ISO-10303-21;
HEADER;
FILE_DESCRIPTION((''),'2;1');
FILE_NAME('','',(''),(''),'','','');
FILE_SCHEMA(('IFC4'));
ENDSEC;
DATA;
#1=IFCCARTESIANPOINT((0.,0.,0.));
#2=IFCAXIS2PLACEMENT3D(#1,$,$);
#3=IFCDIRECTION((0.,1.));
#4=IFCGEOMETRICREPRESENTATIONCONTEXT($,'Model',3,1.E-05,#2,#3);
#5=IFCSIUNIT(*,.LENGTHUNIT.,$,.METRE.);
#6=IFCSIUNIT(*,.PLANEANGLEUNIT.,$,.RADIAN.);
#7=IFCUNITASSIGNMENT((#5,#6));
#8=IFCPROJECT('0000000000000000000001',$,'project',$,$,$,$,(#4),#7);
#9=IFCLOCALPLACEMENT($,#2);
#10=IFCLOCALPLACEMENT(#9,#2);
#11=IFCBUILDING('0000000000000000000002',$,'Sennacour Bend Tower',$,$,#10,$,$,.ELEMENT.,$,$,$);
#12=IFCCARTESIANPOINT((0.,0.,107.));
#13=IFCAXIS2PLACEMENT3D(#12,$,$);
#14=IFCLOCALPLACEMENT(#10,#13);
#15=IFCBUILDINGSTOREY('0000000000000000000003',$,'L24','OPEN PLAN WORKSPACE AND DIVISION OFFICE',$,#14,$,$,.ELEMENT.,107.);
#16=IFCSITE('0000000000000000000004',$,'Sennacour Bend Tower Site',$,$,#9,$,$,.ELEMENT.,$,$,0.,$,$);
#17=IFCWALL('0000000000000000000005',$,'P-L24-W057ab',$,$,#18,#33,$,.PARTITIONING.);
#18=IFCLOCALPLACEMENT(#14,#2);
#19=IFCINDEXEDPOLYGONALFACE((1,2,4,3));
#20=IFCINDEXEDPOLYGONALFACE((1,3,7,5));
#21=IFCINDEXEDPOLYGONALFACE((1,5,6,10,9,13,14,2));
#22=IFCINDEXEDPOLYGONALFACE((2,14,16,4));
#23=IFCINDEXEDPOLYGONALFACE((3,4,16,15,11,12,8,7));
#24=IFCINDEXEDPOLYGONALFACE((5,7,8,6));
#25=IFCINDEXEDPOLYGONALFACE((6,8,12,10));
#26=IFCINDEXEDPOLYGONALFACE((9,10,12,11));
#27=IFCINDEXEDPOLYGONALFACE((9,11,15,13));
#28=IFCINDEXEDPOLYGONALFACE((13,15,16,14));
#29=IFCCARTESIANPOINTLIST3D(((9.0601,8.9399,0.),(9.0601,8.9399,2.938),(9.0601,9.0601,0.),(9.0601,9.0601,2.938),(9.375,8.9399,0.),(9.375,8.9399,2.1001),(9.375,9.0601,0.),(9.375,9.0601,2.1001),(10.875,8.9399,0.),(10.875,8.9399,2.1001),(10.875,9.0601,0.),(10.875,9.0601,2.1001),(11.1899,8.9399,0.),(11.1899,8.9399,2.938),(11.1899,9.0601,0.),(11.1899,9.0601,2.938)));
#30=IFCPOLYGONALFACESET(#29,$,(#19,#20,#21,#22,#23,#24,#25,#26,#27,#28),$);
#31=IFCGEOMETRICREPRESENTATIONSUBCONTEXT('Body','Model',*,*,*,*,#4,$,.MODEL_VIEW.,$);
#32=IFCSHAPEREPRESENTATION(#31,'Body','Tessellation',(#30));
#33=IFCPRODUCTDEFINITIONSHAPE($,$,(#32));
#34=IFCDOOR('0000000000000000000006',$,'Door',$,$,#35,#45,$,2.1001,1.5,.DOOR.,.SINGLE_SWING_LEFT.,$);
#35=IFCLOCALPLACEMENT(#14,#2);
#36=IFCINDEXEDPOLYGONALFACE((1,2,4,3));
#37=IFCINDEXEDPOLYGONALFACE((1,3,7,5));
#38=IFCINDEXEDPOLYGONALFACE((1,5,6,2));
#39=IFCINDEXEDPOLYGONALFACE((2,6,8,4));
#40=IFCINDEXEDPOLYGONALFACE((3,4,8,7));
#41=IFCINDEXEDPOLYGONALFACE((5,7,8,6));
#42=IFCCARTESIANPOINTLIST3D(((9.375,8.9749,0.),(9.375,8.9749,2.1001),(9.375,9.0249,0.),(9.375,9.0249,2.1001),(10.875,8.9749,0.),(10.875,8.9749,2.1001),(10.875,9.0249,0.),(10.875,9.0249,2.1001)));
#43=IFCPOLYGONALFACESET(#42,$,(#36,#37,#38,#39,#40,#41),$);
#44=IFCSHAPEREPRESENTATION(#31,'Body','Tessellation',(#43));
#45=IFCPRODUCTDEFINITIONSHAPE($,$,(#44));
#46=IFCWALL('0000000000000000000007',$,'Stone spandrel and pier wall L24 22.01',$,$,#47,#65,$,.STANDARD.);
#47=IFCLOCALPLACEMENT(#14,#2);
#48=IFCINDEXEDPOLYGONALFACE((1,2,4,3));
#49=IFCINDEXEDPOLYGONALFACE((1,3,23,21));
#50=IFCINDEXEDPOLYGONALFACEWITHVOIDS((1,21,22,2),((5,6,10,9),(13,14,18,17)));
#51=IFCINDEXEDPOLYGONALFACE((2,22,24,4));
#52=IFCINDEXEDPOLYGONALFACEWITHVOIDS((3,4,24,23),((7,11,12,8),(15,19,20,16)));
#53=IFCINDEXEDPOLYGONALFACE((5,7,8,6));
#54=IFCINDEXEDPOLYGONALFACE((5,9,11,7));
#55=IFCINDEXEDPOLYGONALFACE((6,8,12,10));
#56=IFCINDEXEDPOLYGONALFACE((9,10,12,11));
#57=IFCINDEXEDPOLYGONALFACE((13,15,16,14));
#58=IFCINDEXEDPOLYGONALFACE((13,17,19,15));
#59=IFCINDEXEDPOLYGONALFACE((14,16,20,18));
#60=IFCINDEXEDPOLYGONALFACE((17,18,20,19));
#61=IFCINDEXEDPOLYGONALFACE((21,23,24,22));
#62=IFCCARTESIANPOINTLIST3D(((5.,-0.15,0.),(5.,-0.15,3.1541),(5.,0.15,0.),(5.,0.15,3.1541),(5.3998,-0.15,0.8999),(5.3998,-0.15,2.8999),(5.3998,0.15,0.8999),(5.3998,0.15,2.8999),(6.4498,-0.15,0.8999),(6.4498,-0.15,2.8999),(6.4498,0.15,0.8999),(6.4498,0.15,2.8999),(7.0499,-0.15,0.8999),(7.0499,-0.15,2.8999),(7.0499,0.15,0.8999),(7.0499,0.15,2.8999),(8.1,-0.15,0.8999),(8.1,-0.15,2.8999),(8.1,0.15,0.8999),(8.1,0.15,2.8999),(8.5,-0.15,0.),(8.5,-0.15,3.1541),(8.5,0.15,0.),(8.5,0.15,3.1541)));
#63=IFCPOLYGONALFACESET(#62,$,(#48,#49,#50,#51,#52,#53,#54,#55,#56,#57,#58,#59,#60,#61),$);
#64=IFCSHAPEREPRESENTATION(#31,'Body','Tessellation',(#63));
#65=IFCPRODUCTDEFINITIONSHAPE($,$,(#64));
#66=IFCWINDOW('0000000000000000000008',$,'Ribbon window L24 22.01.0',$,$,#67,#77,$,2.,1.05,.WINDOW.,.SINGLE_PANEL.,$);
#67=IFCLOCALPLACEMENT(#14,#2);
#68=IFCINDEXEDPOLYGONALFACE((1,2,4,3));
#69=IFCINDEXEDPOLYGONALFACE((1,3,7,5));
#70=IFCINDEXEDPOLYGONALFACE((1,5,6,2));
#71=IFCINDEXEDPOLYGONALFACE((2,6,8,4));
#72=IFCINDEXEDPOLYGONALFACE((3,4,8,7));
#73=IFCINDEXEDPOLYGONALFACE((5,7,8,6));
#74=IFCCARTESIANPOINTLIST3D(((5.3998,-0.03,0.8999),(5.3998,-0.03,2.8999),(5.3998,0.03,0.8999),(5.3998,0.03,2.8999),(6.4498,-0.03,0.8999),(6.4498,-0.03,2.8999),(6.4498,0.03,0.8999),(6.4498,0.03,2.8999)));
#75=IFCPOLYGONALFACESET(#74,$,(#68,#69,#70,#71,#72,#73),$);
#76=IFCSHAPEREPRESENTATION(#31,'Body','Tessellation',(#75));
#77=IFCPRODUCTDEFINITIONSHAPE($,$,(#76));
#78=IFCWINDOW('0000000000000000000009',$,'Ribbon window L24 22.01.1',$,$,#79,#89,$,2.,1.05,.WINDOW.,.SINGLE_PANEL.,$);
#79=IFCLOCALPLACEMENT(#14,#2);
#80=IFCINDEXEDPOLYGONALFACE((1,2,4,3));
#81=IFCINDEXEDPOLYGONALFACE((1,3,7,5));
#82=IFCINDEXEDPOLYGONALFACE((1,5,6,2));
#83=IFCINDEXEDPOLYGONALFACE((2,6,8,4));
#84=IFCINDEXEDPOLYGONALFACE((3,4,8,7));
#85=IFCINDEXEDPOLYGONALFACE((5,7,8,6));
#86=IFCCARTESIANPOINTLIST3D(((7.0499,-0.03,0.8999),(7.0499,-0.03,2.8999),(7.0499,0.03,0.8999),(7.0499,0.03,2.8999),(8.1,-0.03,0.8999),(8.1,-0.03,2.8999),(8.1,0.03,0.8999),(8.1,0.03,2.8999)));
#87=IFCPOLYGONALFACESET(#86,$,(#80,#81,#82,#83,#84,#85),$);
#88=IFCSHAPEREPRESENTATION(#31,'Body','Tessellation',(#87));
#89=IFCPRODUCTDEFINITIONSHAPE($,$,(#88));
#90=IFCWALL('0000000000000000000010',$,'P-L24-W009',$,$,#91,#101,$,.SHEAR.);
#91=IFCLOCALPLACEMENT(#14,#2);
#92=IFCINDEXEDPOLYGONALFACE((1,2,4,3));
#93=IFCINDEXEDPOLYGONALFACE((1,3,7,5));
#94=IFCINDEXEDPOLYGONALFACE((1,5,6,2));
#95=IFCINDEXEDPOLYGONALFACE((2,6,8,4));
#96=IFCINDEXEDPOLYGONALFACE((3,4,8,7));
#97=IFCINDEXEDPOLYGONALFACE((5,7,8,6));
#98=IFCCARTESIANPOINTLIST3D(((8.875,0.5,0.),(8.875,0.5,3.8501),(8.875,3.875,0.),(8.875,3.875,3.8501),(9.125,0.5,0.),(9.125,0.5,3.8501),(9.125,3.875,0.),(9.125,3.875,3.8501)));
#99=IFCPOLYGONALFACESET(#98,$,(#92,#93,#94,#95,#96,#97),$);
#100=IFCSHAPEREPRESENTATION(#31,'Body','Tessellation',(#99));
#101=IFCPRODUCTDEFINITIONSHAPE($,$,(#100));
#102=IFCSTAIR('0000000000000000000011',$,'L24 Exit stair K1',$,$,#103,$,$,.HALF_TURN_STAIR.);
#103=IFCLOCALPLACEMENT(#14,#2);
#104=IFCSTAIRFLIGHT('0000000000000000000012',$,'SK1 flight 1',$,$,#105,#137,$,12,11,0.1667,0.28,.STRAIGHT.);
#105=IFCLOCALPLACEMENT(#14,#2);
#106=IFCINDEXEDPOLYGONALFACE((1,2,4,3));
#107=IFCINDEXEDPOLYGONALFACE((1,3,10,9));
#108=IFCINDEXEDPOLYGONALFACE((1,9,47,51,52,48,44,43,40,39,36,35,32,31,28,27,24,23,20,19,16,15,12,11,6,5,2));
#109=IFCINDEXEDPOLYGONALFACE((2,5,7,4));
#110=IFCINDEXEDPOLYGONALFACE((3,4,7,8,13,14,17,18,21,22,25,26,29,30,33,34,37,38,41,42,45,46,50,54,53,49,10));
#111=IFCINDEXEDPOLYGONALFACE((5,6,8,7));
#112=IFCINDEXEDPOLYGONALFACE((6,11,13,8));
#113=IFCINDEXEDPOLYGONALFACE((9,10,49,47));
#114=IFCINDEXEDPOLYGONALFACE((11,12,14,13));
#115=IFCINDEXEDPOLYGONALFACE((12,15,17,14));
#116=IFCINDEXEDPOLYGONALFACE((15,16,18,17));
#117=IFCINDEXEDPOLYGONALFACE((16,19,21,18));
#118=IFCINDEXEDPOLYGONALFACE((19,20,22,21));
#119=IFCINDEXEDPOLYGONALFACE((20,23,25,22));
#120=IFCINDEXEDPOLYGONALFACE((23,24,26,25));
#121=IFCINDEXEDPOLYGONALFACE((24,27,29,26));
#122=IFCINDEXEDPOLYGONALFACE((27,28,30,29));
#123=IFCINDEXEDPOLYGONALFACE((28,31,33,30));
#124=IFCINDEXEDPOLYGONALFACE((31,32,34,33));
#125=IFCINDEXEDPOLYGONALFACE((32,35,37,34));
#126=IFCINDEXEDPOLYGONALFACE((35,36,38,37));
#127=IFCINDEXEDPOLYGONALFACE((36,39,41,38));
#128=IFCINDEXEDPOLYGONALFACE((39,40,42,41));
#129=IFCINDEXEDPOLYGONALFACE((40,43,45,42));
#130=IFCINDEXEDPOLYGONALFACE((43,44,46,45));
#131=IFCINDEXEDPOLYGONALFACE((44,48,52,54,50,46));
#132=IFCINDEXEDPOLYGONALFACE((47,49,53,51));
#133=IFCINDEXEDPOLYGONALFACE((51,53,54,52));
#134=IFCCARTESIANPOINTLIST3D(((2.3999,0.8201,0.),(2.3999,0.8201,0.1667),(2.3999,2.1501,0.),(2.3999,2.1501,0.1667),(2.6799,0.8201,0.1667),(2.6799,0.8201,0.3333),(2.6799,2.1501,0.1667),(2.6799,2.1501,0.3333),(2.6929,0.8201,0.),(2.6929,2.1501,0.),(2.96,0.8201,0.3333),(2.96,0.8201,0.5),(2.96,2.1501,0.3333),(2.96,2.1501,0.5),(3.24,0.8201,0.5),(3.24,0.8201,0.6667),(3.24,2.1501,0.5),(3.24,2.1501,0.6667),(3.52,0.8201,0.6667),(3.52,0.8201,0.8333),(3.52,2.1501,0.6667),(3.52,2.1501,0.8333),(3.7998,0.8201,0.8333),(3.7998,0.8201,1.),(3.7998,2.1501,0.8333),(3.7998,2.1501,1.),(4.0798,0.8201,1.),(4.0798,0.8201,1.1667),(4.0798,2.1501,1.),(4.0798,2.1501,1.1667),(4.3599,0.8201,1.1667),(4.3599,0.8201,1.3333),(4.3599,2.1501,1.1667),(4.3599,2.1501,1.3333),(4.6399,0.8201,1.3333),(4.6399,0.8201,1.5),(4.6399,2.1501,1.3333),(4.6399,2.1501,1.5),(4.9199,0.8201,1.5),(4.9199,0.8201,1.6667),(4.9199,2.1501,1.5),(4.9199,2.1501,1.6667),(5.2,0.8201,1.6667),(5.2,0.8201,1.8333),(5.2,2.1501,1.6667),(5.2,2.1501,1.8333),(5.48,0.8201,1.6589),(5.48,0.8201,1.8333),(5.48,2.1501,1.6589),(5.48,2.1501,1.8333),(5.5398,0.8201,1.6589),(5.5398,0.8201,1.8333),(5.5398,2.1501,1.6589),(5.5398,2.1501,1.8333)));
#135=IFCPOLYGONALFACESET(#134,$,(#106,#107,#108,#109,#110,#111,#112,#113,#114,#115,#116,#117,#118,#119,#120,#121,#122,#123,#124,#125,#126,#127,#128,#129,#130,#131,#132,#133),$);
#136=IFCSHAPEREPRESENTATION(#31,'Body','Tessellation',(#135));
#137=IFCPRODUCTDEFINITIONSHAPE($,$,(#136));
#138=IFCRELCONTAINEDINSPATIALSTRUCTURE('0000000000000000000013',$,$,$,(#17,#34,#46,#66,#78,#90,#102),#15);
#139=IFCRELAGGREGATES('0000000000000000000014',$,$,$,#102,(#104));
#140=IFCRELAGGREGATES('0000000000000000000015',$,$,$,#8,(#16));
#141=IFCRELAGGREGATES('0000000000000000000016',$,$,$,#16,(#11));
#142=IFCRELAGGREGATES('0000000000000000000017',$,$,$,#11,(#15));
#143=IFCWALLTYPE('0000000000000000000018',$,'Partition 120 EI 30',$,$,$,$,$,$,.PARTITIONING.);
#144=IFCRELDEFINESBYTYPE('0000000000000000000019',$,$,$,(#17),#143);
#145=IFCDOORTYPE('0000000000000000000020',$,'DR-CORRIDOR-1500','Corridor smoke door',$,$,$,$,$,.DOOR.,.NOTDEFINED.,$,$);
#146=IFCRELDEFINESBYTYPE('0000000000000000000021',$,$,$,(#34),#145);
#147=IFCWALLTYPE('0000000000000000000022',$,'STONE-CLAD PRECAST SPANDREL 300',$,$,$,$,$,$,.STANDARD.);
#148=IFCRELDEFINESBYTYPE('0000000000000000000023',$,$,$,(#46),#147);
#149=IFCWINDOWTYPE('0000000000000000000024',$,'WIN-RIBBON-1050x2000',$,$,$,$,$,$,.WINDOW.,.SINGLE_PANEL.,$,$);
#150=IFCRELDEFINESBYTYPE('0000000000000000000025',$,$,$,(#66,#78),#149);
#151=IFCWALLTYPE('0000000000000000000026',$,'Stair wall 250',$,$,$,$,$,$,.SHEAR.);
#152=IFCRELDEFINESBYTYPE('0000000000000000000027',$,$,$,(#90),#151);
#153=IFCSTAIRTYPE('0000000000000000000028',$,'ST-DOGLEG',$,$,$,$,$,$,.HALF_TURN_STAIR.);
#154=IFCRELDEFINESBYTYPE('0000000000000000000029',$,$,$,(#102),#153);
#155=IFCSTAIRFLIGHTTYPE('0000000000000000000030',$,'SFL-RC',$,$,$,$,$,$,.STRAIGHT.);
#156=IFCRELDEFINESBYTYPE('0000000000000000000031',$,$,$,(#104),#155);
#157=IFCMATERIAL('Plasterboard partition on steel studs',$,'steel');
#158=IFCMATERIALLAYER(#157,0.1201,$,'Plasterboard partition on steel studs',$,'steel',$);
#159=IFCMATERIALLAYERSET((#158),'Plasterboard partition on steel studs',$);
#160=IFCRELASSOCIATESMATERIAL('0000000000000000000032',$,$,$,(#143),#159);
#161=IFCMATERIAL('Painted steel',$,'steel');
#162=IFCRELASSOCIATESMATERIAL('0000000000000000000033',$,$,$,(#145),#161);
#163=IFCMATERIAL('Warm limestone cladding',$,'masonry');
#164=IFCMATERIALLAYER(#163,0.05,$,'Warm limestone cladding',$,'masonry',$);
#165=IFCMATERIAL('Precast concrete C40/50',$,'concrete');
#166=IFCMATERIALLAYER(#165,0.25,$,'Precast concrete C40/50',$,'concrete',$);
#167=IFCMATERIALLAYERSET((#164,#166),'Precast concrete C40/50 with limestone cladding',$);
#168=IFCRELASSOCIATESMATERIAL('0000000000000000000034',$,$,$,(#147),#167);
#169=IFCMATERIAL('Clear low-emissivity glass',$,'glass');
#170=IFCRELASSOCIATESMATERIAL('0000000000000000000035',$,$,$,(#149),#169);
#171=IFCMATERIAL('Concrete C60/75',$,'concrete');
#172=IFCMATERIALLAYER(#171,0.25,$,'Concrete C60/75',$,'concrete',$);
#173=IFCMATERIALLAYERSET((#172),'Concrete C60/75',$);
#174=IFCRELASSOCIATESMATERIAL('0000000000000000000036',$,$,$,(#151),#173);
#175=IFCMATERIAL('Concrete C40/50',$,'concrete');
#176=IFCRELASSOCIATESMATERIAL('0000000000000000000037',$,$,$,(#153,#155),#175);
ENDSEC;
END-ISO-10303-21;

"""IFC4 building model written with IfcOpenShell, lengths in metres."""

from ifc_helpers import new_model, si_unit, direction, frame, frame_2d, origin, place, context, subcontext, project, spatial, polyline, rectangle, outline, extrude, material, layer, layer_set, type_object, element, fill, aggregate, save


model = new_model("IFC4")

# Units and contexts
model_context = context("Model", 3, precision=1e-05, world=origin(), true_north=direction((0.0, 1.0)))
body_context = subcontext(model_context, "Body", "Model", "MODEL_VIEW")
ifc_project = project(units=[si_unit("LENGTHUNIT", "METRE"), si_unit("PLANEANGLEUNIT", "RADIAN")], contexts=[model_context])

# Site, building, storey
site_placement = place(None, origin())
site = spatial("IfcSite", under=ifc_project, at=site_placement, Name="Sennacour Bend Tower Site", CompositionType="ELEMENT", RefElevation=0.0)
building_placement = place(site_placement, origin())
building = spatial("IfcBuilding", under=site, at=building_placement, Name="Sennacour Bend Tower", CompositionType="ELEMENT")
storey_placement = place(building_placement, frame((0.0, 0.0, 107.0)))
storey = spatial("IfcBuildingStorey", under=building, at=storey_placement, Name="L24", Description="OPEN PLAN WORKSPACE AND DIVISION OFFICE", CompositionType="ELEMENT", Elevation=107.0)

# Shared definitions
ifc_material_1 = material(Name="Plasterboard partition on steel studs", Category="steel")

# Wall, opening, door
ifc_layer_1 = layer(ifc_material_1, 0.1201, Name="Plasterboard partition on steel studs", Category="steel")
ifc_layer_set_1 = layer_set([ifc_layer_1], Name="Plasterboard partition on steel studs")
wall_type_1 = type_object("IfcWallType", Name="Partition 120 EI 30", PredefinedType="PARTITIONING", material=ifc_layer_set_1)
wall_1_placement = place(storey_placement, frame((9.0601, 9.0, 0.0), z_axis=(0.0, 0.0, 1.0), x_axis=(1.0, 0.0, 0.0)))
wall_1 = element("IfcWall", 1, at=wall_1_placement, inside=storey, type_object=wall_type_1, Name="P-L24-W057ab", PredefinedType="PARTITIONING", context=body_context, shape_type="SweptSolid", body=[
    extrude(rectangle(XDim=2.1299, YDim=0.1201, at=frame_2d((1.0649, 0.0))), origin(), (0.0, 0.0, 1.0), 2.938),
])
opening_1_placement = place(wall_1_placement, frame((0.3149, 0.0, 0.0)))
opening_1 = element("IfcOpeningElement", 2, at=opening_1_placement, cuts=wall_1, PredefinedType="OPENING", context=body_context, shape_type="SweptSolid", body=[
    extrude(rectangle(XDim=1.5, YDim=2.1001, at=frame_2d((0.75, 1.05))), frame((0.0, 0.0701, 0.0), z_axis=(0.0, -1.0, 0.0), x_axis=(1.0, 0.0, 0.0)), (0.0, 0.0, 1.0), 0.1401),
])
ifc_material_2 = material(Name="Painted steel", Category="steel")
door_type_1 = type_object("IfcDoorType", Name="DR-CORRIDOR-1500", Description="Corridor smoke door", OperationType="NOTDEFINED", PredefinedType="DOOR", material=ifc_material_2)
door_1_placement = place(opening_1_placement, origin())
door_1 = element("IfcDoor", 3, at=door_1_placement, inside=storey, type_object=door_type_1, Name="Door", OperationType="SINGLE_SWING_LEFT", OverallHeight=2.1001, OverallWidth=1.5, PredefinedType="DOOR", context=body_context, shape_type="SweptSolid", body=[
    extrude(rectangle(XDim=1.5, YDim=2.1001, at=frame_2d((0.75, 1.05))), frame((0.0, 0.0249, 0.0), z_axis=(0.0, -1.0, 0.0), x_axis=(1.0, 0.0, 0.0)), (0.0, 0.0, 1.0), 0.05),
])
fill(opening_1, door_1)

# Wall, openings, windows
ifc_material_3 = material(Name="Warm limestone cladding", Category="masonry")
ifc_layer_2 = layer(ifc_material_3, 0.05, Name="Warm limestone cladding", Category="masonry")
ifc_material_4 = material(Name="Precast concrete C40/50", Category="concrete")
ifc_layer_3 = layer(ifc_material_4, 0.25, Name="Precast concrete C40/50", Category="concrete")
ifc_layer_set_2 = layer_set([ifc_layer_2, ifc_layer_3], Name="Precast concrete C40/50 with limestone cladding")
wall_type_2 = type_object("IfcWallType", Name="STONE-CLAD PRECAST SPANDREL 300", PredefinedType="STANDARD", material=ifc_layer_set_2)
wall_2_placement = place(storey_placement, frame((5.0, 0.0, 0.0), z_axis=(0.0, 0.0, 1.0), x_axis=(1.0, 0.0, 0.0)))
wall_2 = element("IfcWall", 4, at=wall_2_placement, inside=storey, type_object=wall_type_2, Name="Stone spandrel and pier wall L24 22.01", PredefinedType="STANDARD", context=body_context, shape_type="SweptSolid", body=[
    extrude(rectangle(XDim=3.5, YDim=0.3, at=frame_2d((1.75, 0.0))), origin(), (0.0, 0.0, 1.0), 3.1541),
])
opening_2_placement = place(wall_2_placement, frame((0.3999, 0.0, 0.8999)))
opening_2 = element("IfcOpeningElement", 5, at=opening_2_placement, cuts=wall_2, PredefinedType="OPENING", context=body_context, shape_type="SweptSolid", body=[
    extrude(rectangle(XDim=1.05, YDim=2.0, at=frame_2d((0.5249, 1.0))), frame((0.0, 0.1602, 0.0), z_axis=(0.0, -1.0, 0.0), x_axis=(1.0, 0.0, 0.0)), (0.0, 0.0, 1.0), 0.3201),
])
opening_3_placement = place(wall_2_placement, frame((2.05, 0.0, 0.8999)))
opening_3 = element("IfcOpeningElement", 6, at=opening_3_placement, cuts=wall_2, PredefinedType="OPENING", context=body_context, shape_type="SweptSolid", body=[
    extrude(rectangle(XDim=1.05, YDim=2.0, at=frame_2d((0.5249, 1.0))), frame((0.0, 0.1602, 0.0), z_axis=(0.0, -1.0, 0.0), x_axis=(1.0, 0.0, 0.0)), (0.0, 0.0, 1.0), 0.3201),
])
ifc_material_5 = material(Name="Clear low-emissivity glass", Category="glass")
window_type = type_object("IfcWindowType", Name="WIN-RIBBON-1050x2000", PartitioningType="SINGLE_PANEL", PredefinedType="WINDOW", material=ifc_material_5)
window_1_placement = place(opening_2_placement, origin())
window_1 = element("IfcWindow", 7, at=window_1_placement, inside=storey, type_object=window_type, Name="Ribbon window L24 22.01.0", OverallHeight=2.0, OverallWidth=1.05, PartitioningType="SINGLE_PANEL", PredefinedType="WINDOW", context=body_context, shape_type="SweptSolid", body=[
    extrude(rectangle(XDim=1.05, YDim=2.0, at=frame_2d((0.5249, 1.0))), frame((0.0, 0.03, 0.0), z_axis=(0.0, -1.0, 0.0), x_axis=(1.0, 0.0, 0.0)), (0.0, 0.0, 1.0), 0.0601),
])
fill(opening_2, window_1)
window_2_placement = place(opening_3_placement, origin())
window_2 = element("IfcWindow", 8, at=window_2_placement, inside=storey, type_object=window_type, Name="Ribbon window L24 22.01.1", OverallHeight=2.0, OverallWidth=1.05, PartitioningType="SINGLE_PANEL", PredefinedType="WINDOW", context=body_context, shape_type="SweptSolid", body=[
    extrude(rectangle(XDim=1.05, YDim=2.0, at=frame_2d((0.5249, 1.0))), frame((0.0, 0.03, 0.0), z_axis=(0.0, -1.0, 0.0), x_axis=(1.0, 0.0, 0.0)), (0.0, 0.0, 1.0), 0.0601),
])
fill(opening_3, window_2)

# Wall
ifc_material_6 = material(Name="Concrete C60/75", Category="concrete")
ifc_layer_4 = layer(ifc_material_6, 0.25, Name="Concrete C60/75", Category="concrete")
ifc_layer_set_3 = layer_set([ifc_layer_4], Name="Concrete C60/75")
wall_type_3 = type_object("IfcWallType", Name="Stair wall 250", PredefinedType="SHEAR", material=ifc_layer_set_3)
wall_3_placement = place(storey_placement, frame((9.0, 0.5, 0.0), z_axis=(0.0, 0.0, 1.0), x_axis=(0.0, 1.0, 0.0)))
element("IfcWall", 9, at=wall_3_placement, inside=storey, type_object=wall_type_3, Name="P-L24-W009", PredefinedType="SHEAR", context=body_context, shape_type="SweptSolid", body=[
    extrude(rectangle(XDim=3.375, YDim=0.25, at=frame_2d((1.6875, 0.0))), origin(), (0.0, 0.0, 1.0), 3.8501),
])

# Stair, stair flight
ifc_material_7 = material(Name="Concrete C40/50", Category="concrete")
stair_type = type_object("IfcStairType", Name="ST-DOGLEG", PredefinedType="HALF_TURN_STAIR", material=ifc_material_7)
stair_placement = place(storey_placement, origin())
stair = element("IfcStair", 10, at=stair_placement, inside=storey, type_object=stair_type, Name="L24 Exit stair K1", PredefinedType="HALF_TURN_STAIR")
stair_flight_type = type_object("IfcStairFlightType", Name="SFL-RC", PredefinedType="STRAIGHT", material=ifc_material_7)
stair_flight_1_placement = place(storey_placement, frame((2.3999, 1.4851, 0.0), z_axis=(0.0, 0.0, 1.0), x_axis=(1.0, 0.0, 0.0)))
stair_flight_1 = element("IfcStairFlight", 11, at=stair_flight_1_placement, type_object=stair_flight_type, Name="SK1 flight 1", NumberOfRisers=12, NumberOfTreads=11, PredefinedType="STRAIGHT", RiserHeight=0.1667, TreadLength=0.28, context=body_context, shape_type="SweptSolid", body=[
    extrude(outline(polyline([(0.0, 0.0), (0.0, 0.1667), (0.28, 0.1667), (0.28, 0.3333), (0.5601, 0.3333), (0.5601, 0.5), (0.8401, 0.5), (0.8401, 0.6667), (1.1201, 0.6667), (1.1201, 0.8333), (1.3999, 0.8333), (1.3999, 1.0), (1.6799, 1.0), (1.6799, 1.1667), (1.96, 1.1667), (1.96, 1.3333), (2.24, 1.3333), (2.24, 1.5), (2.52, 1.5), (2.52, 1.6667), (2.8, 1.6667), (2.8, 1.8333), (3.0801, 1.8333), (3.1399, 1.8333), (3.1399, 1.6589), (3.0801, 1.6589), (0.293, 0.0), (0.0, 0.0)])), frame((0.0, 0.665, 0.0), z_axis=(0.0, -1.0, 0.0), x_axis=(1.0, 0.0, 0.0)), (0.0, 0.0, 1.0), 1.3301),
])
aggregate(stair, [stair_flight_1])

save(model, "model.ifc")
